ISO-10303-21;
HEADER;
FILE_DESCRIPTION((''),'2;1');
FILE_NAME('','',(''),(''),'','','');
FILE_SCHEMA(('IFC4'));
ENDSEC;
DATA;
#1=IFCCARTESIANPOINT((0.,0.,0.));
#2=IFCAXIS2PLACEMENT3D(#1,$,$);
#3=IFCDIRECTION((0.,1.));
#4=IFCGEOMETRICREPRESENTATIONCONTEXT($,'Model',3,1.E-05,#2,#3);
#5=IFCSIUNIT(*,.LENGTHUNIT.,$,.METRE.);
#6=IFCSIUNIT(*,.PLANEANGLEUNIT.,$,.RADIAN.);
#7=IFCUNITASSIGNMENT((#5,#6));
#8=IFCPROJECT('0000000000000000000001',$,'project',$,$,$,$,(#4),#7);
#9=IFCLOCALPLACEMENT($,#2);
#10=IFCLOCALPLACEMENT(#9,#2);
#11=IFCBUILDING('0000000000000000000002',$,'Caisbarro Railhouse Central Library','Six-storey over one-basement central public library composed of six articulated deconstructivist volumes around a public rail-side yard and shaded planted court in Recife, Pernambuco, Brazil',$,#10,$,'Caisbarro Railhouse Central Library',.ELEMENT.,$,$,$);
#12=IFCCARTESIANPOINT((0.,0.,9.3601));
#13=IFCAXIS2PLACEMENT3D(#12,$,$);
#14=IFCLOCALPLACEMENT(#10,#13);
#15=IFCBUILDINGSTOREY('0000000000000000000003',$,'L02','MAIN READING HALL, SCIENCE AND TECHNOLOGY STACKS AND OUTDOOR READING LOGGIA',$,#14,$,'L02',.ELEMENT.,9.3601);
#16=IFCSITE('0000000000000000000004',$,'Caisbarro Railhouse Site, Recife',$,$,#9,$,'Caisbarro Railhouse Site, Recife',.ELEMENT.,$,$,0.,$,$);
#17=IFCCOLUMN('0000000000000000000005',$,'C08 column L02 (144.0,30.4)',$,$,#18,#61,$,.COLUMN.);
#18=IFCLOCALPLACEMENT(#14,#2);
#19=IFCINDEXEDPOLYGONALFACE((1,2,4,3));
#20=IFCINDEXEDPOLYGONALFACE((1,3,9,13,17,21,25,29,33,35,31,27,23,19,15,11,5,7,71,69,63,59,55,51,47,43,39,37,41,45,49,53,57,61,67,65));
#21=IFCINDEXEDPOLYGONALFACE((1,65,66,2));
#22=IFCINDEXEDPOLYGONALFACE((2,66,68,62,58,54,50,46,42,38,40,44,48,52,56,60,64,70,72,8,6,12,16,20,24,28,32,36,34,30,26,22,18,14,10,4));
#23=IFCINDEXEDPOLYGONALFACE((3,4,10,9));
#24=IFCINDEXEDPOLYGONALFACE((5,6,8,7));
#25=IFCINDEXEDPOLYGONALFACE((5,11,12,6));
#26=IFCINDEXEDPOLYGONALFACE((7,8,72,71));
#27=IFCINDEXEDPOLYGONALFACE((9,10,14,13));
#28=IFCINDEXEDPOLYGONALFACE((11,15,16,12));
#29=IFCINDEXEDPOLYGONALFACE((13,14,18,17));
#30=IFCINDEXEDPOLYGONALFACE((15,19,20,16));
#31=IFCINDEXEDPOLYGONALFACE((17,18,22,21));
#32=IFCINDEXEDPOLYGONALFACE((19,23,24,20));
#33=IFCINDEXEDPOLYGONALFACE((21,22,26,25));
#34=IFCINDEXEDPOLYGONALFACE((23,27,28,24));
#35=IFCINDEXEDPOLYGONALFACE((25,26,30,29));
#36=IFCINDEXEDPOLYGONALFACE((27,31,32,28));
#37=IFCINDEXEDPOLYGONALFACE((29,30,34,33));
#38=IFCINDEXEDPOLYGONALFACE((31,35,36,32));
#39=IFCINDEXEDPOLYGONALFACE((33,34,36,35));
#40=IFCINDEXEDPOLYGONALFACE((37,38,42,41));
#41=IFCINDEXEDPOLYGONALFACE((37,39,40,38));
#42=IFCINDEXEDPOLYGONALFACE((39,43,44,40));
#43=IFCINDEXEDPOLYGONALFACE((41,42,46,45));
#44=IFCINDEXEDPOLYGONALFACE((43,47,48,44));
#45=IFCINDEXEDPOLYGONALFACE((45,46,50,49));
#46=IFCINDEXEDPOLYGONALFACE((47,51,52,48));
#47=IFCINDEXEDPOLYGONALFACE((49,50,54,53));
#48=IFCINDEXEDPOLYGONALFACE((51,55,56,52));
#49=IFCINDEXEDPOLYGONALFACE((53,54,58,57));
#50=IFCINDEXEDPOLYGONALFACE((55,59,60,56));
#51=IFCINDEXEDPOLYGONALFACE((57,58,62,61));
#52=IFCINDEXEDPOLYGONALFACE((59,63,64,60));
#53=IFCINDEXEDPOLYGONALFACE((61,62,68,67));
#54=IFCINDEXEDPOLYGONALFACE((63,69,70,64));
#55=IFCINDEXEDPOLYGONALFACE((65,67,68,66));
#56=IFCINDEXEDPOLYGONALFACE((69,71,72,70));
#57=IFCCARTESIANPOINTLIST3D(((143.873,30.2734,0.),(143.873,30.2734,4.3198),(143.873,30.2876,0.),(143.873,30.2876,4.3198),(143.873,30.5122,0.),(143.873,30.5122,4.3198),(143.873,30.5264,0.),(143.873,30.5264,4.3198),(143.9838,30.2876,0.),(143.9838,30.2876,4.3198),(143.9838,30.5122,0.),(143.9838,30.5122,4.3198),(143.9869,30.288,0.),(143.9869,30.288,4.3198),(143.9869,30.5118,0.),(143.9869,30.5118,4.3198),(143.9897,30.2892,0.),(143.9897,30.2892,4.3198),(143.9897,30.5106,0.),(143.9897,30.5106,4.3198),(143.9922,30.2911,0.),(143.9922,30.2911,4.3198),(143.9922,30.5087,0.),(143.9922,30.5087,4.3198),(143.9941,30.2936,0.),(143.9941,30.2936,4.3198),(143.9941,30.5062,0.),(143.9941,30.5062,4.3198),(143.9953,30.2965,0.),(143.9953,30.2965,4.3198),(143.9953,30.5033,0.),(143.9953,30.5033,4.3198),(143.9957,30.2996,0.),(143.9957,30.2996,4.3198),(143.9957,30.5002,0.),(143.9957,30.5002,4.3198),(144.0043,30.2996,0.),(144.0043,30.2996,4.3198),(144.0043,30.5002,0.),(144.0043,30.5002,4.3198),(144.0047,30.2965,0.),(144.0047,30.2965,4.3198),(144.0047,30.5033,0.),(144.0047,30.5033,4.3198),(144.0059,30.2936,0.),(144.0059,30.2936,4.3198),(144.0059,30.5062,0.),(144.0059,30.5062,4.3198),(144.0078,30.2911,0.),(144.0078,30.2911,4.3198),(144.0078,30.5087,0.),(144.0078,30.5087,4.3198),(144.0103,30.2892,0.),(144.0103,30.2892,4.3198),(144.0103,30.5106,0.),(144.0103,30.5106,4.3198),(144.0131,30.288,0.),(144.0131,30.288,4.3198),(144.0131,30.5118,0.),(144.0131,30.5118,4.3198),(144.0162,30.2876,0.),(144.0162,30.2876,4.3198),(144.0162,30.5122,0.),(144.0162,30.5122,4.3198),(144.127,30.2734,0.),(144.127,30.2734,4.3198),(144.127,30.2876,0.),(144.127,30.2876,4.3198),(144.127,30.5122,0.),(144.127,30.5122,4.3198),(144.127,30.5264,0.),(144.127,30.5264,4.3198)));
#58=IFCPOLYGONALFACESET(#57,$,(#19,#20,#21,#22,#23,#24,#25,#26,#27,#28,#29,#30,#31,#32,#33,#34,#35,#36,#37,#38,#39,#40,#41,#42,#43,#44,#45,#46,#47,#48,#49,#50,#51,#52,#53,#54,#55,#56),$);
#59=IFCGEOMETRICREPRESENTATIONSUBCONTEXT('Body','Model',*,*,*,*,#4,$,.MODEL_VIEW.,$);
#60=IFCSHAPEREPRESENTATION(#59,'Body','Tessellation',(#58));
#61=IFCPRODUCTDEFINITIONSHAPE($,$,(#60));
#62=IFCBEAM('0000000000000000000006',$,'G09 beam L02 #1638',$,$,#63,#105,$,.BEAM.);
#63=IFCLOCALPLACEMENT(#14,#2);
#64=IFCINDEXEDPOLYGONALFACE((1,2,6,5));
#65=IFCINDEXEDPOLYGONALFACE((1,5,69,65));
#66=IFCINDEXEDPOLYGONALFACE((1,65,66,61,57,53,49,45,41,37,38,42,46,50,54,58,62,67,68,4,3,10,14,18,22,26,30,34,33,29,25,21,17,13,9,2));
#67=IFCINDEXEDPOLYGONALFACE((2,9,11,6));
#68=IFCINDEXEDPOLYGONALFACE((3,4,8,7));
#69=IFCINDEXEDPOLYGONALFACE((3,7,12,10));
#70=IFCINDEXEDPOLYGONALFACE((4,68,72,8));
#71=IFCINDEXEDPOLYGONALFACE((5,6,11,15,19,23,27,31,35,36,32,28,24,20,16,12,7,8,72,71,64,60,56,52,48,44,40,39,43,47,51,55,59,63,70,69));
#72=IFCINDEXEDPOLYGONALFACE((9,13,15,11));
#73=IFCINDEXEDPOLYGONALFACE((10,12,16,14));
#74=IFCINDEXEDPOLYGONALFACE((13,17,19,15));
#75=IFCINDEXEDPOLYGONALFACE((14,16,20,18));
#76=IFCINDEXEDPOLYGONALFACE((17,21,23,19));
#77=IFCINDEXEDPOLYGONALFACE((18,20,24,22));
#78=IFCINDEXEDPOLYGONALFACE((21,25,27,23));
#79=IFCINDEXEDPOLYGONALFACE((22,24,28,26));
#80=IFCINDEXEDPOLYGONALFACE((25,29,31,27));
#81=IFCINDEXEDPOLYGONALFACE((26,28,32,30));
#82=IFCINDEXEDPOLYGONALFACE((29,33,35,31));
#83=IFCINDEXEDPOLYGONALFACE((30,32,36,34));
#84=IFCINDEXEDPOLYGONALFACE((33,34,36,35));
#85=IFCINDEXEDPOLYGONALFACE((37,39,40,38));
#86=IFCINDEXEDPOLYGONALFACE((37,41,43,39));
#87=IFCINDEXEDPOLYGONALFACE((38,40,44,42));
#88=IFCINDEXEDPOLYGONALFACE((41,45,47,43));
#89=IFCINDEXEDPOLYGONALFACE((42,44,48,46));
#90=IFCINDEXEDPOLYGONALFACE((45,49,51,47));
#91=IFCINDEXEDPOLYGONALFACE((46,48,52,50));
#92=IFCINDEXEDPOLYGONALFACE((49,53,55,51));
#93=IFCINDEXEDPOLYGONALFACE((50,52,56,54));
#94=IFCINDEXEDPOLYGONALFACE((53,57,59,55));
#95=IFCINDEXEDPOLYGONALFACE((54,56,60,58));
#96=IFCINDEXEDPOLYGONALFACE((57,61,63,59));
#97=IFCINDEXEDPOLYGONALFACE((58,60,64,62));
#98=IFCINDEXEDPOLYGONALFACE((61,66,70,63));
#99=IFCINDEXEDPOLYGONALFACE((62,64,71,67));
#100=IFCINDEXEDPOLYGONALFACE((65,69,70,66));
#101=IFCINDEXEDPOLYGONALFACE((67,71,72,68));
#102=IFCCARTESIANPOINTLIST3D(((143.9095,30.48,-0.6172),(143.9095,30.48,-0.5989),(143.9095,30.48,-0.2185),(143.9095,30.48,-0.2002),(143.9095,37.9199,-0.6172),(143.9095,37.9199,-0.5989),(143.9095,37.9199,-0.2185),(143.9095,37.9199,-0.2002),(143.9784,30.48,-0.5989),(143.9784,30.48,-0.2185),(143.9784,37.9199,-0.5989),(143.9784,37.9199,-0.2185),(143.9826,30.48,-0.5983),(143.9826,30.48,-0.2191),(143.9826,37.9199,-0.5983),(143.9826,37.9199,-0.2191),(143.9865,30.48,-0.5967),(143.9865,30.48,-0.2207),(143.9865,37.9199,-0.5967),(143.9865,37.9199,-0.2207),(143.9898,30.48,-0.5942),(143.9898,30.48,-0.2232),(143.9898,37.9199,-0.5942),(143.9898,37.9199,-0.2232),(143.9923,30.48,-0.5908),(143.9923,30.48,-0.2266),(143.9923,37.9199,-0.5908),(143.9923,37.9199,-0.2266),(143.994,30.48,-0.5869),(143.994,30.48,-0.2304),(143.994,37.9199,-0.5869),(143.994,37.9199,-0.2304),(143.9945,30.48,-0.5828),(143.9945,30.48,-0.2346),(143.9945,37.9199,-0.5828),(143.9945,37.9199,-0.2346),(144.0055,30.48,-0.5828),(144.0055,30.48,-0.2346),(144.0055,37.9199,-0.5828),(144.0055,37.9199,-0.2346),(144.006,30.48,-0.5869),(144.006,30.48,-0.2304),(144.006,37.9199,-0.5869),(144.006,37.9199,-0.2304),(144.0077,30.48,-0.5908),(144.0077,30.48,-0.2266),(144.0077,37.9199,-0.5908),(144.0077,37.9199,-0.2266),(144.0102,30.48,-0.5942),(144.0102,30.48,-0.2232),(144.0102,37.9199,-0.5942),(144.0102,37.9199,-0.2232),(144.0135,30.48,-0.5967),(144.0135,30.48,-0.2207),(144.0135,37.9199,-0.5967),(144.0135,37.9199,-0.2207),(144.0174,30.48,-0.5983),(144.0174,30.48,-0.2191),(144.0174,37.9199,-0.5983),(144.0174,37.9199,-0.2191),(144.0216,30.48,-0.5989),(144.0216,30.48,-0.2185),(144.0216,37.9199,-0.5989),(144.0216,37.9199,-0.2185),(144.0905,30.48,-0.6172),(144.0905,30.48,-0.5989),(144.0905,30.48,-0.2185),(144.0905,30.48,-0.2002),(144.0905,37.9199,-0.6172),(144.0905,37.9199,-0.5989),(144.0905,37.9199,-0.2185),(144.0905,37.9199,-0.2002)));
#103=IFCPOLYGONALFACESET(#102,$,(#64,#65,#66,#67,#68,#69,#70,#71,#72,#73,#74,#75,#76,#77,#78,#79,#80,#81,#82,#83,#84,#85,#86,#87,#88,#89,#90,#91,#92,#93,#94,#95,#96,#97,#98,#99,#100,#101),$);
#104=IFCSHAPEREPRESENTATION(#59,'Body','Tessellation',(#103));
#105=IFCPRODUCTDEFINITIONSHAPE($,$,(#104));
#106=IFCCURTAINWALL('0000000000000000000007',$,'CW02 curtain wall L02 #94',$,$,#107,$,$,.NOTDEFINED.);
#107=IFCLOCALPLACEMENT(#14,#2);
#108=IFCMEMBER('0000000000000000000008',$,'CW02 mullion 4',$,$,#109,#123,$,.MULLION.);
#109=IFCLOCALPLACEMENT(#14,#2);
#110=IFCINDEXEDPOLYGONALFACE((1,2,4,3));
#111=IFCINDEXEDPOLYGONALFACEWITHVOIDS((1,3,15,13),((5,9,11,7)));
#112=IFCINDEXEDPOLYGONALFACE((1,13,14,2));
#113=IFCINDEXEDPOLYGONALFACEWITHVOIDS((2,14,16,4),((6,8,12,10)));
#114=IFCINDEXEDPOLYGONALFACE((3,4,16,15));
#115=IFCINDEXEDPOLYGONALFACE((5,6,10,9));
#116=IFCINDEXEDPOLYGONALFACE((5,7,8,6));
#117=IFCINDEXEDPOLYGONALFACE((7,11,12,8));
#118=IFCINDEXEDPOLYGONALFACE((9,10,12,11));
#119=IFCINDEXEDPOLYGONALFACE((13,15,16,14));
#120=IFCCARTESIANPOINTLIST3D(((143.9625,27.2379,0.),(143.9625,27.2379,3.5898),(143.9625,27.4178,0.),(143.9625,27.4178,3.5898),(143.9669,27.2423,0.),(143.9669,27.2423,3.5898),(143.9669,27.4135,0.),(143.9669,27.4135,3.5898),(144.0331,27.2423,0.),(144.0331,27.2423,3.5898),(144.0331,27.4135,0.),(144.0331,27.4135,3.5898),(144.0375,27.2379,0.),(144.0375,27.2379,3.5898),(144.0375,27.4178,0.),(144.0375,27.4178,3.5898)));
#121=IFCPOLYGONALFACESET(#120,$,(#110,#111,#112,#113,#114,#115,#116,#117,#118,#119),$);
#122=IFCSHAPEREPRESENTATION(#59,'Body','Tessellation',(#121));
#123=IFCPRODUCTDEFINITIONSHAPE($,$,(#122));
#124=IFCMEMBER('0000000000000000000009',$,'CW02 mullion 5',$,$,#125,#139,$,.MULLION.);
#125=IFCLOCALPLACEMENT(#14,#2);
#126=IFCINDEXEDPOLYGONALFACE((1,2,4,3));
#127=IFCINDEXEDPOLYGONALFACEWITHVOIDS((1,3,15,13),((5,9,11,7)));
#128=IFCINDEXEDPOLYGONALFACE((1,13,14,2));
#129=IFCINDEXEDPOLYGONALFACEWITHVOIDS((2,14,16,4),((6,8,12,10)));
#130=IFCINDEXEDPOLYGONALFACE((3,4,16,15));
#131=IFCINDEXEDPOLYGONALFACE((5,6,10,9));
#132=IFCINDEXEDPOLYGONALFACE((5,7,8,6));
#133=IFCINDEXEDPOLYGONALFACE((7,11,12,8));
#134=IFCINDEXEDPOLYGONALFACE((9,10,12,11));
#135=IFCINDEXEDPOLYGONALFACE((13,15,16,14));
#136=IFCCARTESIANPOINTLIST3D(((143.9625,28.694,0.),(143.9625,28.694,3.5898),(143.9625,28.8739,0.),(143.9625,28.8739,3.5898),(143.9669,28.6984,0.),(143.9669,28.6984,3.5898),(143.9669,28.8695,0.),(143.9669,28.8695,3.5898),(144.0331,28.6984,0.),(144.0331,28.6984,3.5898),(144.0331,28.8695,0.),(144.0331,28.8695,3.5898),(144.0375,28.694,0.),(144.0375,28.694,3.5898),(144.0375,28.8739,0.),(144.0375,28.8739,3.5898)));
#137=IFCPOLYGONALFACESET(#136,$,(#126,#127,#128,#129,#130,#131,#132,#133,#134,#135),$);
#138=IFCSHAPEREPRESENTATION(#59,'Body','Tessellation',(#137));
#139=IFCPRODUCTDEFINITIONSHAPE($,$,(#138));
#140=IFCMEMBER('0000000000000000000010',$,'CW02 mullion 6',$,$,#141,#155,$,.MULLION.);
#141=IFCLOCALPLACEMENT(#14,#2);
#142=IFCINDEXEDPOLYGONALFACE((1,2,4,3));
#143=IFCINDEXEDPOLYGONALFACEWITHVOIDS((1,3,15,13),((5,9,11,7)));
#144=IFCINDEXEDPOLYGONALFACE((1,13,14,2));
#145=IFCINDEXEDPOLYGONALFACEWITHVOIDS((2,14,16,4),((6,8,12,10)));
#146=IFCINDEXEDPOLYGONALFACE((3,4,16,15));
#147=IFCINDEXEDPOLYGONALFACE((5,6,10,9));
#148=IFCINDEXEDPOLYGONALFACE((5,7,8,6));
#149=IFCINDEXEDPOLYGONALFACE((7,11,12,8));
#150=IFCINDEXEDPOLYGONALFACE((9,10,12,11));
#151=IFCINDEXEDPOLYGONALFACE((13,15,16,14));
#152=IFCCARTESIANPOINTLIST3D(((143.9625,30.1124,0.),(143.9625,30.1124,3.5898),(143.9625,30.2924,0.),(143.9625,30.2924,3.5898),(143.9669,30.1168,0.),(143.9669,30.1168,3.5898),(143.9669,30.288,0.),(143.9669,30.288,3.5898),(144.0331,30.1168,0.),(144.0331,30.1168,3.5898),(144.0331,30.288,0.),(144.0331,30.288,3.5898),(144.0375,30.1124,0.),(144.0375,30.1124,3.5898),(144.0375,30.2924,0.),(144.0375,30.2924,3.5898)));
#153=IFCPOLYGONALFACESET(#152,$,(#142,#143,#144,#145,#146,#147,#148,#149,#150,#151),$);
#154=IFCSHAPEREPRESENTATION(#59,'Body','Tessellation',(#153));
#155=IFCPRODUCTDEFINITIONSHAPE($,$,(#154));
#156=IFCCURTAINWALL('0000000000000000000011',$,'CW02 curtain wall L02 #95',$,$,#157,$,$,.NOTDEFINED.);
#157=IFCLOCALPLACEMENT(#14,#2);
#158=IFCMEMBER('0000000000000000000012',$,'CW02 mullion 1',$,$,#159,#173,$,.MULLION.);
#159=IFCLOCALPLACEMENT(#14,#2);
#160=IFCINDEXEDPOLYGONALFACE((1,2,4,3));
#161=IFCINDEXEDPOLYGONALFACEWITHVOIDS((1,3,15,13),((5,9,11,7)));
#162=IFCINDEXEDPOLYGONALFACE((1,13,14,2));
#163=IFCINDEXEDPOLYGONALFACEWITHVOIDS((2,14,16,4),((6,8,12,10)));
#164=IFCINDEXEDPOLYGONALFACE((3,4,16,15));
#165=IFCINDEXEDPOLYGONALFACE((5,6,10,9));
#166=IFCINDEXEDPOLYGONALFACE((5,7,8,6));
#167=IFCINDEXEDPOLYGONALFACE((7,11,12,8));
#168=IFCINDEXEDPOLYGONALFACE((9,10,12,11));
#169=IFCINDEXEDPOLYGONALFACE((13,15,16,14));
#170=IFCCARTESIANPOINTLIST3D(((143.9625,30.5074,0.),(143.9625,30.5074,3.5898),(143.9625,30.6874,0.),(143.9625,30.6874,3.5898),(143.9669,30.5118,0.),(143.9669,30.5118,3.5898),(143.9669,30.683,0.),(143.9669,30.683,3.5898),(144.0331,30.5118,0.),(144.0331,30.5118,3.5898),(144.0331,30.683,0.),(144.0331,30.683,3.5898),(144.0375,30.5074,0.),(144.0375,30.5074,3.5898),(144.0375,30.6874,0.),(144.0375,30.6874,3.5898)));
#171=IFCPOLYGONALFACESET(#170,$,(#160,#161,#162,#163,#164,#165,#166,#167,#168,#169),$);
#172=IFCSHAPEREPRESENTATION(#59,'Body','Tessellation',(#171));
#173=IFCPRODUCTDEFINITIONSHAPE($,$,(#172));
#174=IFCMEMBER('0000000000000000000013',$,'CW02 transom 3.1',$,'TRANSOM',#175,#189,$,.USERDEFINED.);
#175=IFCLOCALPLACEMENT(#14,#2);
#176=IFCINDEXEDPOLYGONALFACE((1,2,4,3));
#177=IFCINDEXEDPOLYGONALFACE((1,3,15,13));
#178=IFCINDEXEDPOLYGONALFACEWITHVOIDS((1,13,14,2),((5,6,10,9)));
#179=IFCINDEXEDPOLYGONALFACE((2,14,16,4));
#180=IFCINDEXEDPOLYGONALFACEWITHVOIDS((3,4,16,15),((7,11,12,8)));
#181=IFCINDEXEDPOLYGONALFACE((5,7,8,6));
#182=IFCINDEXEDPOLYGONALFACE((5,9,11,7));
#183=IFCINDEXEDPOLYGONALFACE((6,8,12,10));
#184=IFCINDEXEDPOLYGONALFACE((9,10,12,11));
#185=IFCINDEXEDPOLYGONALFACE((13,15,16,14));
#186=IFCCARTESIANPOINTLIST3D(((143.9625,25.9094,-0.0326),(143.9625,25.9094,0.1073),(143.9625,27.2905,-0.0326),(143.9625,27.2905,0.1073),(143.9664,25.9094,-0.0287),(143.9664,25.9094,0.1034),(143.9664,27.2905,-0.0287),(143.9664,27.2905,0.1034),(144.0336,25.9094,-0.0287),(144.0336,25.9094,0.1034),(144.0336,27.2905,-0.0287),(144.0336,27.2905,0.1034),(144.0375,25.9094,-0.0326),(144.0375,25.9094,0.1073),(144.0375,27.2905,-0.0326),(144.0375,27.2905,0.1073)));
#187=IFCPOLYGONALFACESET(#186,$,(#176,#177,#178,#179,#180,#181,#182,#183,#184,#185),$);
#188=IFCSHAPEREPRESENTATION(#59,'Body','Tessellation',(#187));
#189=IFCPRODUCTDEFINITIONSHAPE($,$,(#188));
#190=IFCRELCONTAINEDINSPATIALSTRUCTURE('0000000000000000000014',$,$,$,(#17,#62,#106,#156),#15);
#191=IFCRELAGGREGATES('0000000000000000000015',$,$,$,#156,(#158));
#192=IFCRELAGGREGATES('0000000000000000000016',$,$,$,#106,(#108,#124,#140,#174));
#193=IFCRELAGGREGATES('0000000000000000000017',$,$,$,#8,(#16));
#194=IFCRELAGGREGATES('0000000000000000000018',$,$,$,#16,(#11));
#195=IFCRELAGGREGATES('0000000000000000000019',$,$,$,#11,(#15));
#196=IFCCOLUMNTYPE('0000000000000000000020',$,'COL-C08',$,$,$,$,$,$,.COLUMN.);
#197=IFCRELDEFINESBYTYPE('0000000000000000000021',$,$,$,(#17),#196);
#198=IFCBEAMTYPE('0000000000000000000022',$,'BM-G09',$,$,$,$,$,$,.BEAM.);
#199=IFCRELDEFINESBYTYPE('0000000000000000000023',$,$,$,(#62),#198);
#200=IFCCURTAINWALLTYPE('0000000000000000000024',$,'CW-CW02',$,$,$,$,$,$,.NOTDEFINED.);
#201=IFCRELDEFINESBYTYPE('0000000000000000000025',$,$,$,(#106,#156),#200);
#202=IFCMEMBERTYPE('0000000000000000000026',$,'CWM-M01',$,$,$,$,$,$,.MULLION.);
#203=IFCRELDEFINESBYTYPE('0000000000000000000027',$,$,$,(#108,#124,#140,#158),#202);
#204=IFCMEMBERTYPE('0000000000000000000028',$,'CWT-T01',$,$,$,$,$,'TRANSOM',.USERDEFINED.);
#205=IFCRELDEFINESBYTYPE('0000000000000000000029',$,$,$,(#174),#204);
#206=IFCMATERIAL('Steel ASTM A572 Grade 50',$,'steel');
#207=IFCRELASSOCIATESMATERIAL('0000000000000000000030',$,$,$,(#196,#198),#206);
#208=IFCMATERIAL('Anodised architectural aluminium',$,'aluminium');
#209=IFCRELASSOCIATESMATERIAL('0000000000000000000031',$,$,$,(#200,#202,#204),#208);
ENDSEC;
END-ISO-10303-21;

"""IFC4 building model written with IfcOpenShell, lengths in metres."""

from ifc_helpers import new_model, si_unit, direction, frame, origin, origin_2d, place, context, subcontext, project, spatial, hollow_rectangle, i_section, extrude, material, material_profile, profile_set, type_object, element, aggregate, save


model = new_model("IFC4")

# Units and contexts
model_context = context("Model", 3, precision=1e-05, world=origin(), true_north=direction((0.0, 1.0)))
body_context = subcontext(model_context, "Body", "Model", "MODEL_VIEW")
ifc_project = project(units=[si_unit("LENGTHUNIT", "METRE"), si_unit("PLANEANGLEUNIT", "RADIAN")], contexts=[model_context])

# Site, building, storey
site_placement = place(None, origin())
site = spatial("IfcSite", under=ifc_project, at=site_placement, Name="Caisbarro Railhouse Site, Recife", LongName="Caisbarro Railhouse Site, Recife", CompositionType="ELEMENT", RefElevation=0.0)
building_placement = place(site_placement, origin())
building = spatial("IfcBuilding", under=site, at=building_placement, Name="Caisbarro Railhouse Central Library", Description="Six-storey over one-basement central public library composed of six articulated deconstructivist volumes around a public rail-side yard and shaded planted court in Recife, Pernambuco, Brazil", LongName="Caisbarro Railhouse Central Library", CompositionType="ELEMENT")
storey_placement = place(building_placement, frame((0.0, 0.0, 9.3601)))
storey = spatial("IfcBuildingStorey", under=building, at=storey_placement, Name="L02", Description="MAIN READING HALL, SCIENCE AND TECHNOLOGY STACKS AND OUTDOOR READING LOGGIA", LongName="L02", CompositionType="ELEMENT", Elevation=9.3601)

# Column
ifc_material_1 = material(Name="Steel ASTM A572 Grade 50", Category="steel")
ifc_material_profile_1 = material_profile(ifc_material_1, i_section(OverallWidth=0.2539, OverallDepth=0.2529, WebThickness=0.0085, FlangeThickness=0.0142, FilletRadius=0.012, at=origin_2d()), Name="W250X73.0")
ifc_profile_set_1 = profile_set([ifc_material_profile_1], Name="Steel ASTM A572 Grade 50")
column_type = type_object("IfcColumnType", Name="COL-C08", PredefinedType="COLUMN", material=ifc_profile_set_1)
column_placement = place(storey_placement, frame((144.0, 30.3999, 0.0), z_axis=(0.0, 0.0, 1.0), x_axis=(1.0, 0.0, 0.0)))
element("IfcColumn", 1, at=column_placement, inside=storey, type_object=column_type, Name="C08 column L02 (144.0,30.4)", PredefinedType="COLUMN", context=body_context, shape_type="SweptSolid", body=[
    extrude(i_section(OverallWidth=0.2539, OverallDepth=0.2529, WebThickness=0.0085, FlangeThickness=0.0142, FilletRadius=0.012, at=origin_2d()), origin(), (0.0, 0.0, 1.0), 4.3198),
])

# Beam
ifc_material_profile_2 = material_profile(ifc_material_1, i_section(OverallWidth=0.1809, OverallDepth=0.417, WebThickness=0.011, FlangeThickness=0.0183, FilletRadius=0.0161, at=origin_2d()), Name="W410X85.0")
ifc_profile_set_2 = profile_set([ifc_material_profile_2], Name="Steel ASTM A572 Grade 50")
beam_type = type_object("IfcBeamType", Name="BM-G09", PredefinedType="BEAM", material=ifc_profile_set_2)
beam_placement = place(storey_placement, frame((144.0, 30.48, -0.4087), z_axis=(0.0, 1.0, 0.0), x_axis=(-1.0, 0.0, 0.0)))
element("IfcBeam", 2, at=beam_placement, inside=storey, type_object=beam_type, Name="G09 beam L02 #1638", PredefinedType="BEAM", context=body_context, shape_type="SweptSolid", body=[
    extrude(i_section(OverallWidth=0.1809, OverallDepth=0.417, WebThickness=0.011, FlangeThickness=0.0183, FilletRadius=0.0161, at=origin_2d()), origin(), (0.0, 0.0, 1.0), 7.4399),
])

# Curtain wall, members
ifc_material_2 = material(Name="Anodised architectural aluminium", Category="aluminium")
curtain_wall_type = type_object("IfcCurtainWallType", Name="CW-CW02", PredefinedType="NOTDEFINED", material=ifc_material_2)
curtain_wall_1_placement = place(storey_placement, origin())
curtain_wall_1 = element("IfcCurtainWall", 3, at=curtain_wall_1_placement, inside=storey, type_object=curtain_wall_type, Name="CW02 curtain wall L02 #94", PredefinedType="NOTDEFINED")
ifc_material_profile_3 = material_profile(ifc_material_2, hollow_rectangle(XDim=0.075, YDim=0.1799, WallThickness=0.0044, at=origin_2d()), Name="ALU-MUL-75X180")
ifc_profile_set_3 = profile_set([ifc_material_profile_3], Name="Anodised architectural aluminium")
member_type_1 = type_object("IfcMemberType", Name="CWM-M01", PredefinedType="MULLION", material=ifc_profile_set_3)
member_1_placement = place(storey_placement, frame((144.0, 27.3279, 0.0), z_axis=(0.0, 0.0, 1.0), x_axis=(-1.0, 0.0, 0.0)))
member_1 = element("IfcMember", 4, at=member_1_placement, type_object=member_type_1, Name="CW02 mullion 4", PredefinedType="MULLION", context=body_context, shape_type="SweptSolid", body=[
    extrude(hollow_rectangle(XDim=0.075, YDim=0.1799, WallThickness=0.0044, at=origin_2d()), origin(), (0.0, 0.0, 1.0), 3.5898),
])
member_2_placement = place(storey_placement, frame((144.0, 28.7839, 0.0), z_axis=(0.0, 0.0, 1.0), x_axis=(-1.0, 0.0, 0.0)))
member_2 = element("IfcMember", 5, at=member_2_placement, type_object=member_type_1, Name="CW02 mullion 5", PredefinedType="MULLION", context=body_context, shape_type="SweptSolid", body=[
    extrude(hollow_rectangle(XDim=0.075, YDim=0.1799, WallThickness=0.0044, at=origin_2d()), origin(), (0.0, 0.0, 1.0), 3.5898),
])
member_3_placement = place(storey_placement, frame((144.0, 30.2024, 0.0), z_axis=(0.0, 0.0, 1.0), x_axis=(-1.0, 0.0, 0.0)))
member_3 = element("IfcMember", 6, at=member_3_placement, type_object=member_type_1, Name="CW02 mullion 6", PredefinedType="MULLION", context=body_context, shape_type="SweptSolid", body=[
    extrude(hollow_rectangle(XDim=0.075, YDim=0.1799, WallThickness=0.0044, at=origin_2d()), origin(), (0.0, 0.0, 1.0), 3.5898),
])

# Curtain wall, member
curtain_wall_2_placement = place(storey_placement, origin())
curtain_wall_2 = element("IfcCurtainWall", 7, at=curtain_wall_2_placement, inside=storey, type_object=curtain_wall_type, Name="CW02 curtain wall L02 #95", PredefinedType="NOTDEFINED")
member_4_placement = place(storey_placement, frame((144.0, 30.5974, 0.0), z_axis=(0.0, 0.0, 1.0), x_axis=(-1.0, 0.0, 0.0)))
member_4 = element("IfcMember", 8, at=member_4_placement, type_object=member_type_1, Name="CW02 mullion 1", PredefinedType="MULLION", context=body_context, shape_type="SweptSolid", body=[
    extrude(hollow_rectangle(XDim=0.075, YDim=0.1799, WallThickness=0.0044, at=origin_2d()), origin(), (0.0, 0.0, 1.0), 3.5898),
])

# Member
ifc_material_profile_4 = material_profile(ifc_material_2, hollow_rectangle(XDim=0.075, YDim=0.1399, WallThickness=0.0039, at=origin_2d()), Name="ALU-TRN-75X140")
ifc_profile_set_4 = profile_set([ifc_material_profile_4], Name="Anodised architectural aluminium")
member_type_2 = type_object("IfcMemberType", Name="CWT-T01", ElementType="TRANSOM", PredefinedType="USERDEFINED", material=ifc_profile_set_4)
member_5_placement = place(storey_placement, frame((144.0, 25.9094, 0.0374), z_axis=(0.0, 1.0, 0.0), x_axis=(-1.0, 0.0, 0.0)))
member_5 = element("IfcMember", 9, at=member_5_placement, type_object=member_type_2, Name="CW02 transom 3.1", ObjectType="TRANSOM", PredefinedType="USERDEFINED", context=body_context, shape_type="SweptSolid", body=[
    extrude(hollow_rectangle(XDim=0.075, YDim=0.1399, WallThickness=0.0039, at=origin_2d()), origin(), (0.0, 0.0, 1.0), 1.3811),
])
aggregate(curtain_wall_2, [member_4])

aggregate(curtain_wall_1, [member_1, member_2, member_3, member_5])

save(model, "model.ifc")
